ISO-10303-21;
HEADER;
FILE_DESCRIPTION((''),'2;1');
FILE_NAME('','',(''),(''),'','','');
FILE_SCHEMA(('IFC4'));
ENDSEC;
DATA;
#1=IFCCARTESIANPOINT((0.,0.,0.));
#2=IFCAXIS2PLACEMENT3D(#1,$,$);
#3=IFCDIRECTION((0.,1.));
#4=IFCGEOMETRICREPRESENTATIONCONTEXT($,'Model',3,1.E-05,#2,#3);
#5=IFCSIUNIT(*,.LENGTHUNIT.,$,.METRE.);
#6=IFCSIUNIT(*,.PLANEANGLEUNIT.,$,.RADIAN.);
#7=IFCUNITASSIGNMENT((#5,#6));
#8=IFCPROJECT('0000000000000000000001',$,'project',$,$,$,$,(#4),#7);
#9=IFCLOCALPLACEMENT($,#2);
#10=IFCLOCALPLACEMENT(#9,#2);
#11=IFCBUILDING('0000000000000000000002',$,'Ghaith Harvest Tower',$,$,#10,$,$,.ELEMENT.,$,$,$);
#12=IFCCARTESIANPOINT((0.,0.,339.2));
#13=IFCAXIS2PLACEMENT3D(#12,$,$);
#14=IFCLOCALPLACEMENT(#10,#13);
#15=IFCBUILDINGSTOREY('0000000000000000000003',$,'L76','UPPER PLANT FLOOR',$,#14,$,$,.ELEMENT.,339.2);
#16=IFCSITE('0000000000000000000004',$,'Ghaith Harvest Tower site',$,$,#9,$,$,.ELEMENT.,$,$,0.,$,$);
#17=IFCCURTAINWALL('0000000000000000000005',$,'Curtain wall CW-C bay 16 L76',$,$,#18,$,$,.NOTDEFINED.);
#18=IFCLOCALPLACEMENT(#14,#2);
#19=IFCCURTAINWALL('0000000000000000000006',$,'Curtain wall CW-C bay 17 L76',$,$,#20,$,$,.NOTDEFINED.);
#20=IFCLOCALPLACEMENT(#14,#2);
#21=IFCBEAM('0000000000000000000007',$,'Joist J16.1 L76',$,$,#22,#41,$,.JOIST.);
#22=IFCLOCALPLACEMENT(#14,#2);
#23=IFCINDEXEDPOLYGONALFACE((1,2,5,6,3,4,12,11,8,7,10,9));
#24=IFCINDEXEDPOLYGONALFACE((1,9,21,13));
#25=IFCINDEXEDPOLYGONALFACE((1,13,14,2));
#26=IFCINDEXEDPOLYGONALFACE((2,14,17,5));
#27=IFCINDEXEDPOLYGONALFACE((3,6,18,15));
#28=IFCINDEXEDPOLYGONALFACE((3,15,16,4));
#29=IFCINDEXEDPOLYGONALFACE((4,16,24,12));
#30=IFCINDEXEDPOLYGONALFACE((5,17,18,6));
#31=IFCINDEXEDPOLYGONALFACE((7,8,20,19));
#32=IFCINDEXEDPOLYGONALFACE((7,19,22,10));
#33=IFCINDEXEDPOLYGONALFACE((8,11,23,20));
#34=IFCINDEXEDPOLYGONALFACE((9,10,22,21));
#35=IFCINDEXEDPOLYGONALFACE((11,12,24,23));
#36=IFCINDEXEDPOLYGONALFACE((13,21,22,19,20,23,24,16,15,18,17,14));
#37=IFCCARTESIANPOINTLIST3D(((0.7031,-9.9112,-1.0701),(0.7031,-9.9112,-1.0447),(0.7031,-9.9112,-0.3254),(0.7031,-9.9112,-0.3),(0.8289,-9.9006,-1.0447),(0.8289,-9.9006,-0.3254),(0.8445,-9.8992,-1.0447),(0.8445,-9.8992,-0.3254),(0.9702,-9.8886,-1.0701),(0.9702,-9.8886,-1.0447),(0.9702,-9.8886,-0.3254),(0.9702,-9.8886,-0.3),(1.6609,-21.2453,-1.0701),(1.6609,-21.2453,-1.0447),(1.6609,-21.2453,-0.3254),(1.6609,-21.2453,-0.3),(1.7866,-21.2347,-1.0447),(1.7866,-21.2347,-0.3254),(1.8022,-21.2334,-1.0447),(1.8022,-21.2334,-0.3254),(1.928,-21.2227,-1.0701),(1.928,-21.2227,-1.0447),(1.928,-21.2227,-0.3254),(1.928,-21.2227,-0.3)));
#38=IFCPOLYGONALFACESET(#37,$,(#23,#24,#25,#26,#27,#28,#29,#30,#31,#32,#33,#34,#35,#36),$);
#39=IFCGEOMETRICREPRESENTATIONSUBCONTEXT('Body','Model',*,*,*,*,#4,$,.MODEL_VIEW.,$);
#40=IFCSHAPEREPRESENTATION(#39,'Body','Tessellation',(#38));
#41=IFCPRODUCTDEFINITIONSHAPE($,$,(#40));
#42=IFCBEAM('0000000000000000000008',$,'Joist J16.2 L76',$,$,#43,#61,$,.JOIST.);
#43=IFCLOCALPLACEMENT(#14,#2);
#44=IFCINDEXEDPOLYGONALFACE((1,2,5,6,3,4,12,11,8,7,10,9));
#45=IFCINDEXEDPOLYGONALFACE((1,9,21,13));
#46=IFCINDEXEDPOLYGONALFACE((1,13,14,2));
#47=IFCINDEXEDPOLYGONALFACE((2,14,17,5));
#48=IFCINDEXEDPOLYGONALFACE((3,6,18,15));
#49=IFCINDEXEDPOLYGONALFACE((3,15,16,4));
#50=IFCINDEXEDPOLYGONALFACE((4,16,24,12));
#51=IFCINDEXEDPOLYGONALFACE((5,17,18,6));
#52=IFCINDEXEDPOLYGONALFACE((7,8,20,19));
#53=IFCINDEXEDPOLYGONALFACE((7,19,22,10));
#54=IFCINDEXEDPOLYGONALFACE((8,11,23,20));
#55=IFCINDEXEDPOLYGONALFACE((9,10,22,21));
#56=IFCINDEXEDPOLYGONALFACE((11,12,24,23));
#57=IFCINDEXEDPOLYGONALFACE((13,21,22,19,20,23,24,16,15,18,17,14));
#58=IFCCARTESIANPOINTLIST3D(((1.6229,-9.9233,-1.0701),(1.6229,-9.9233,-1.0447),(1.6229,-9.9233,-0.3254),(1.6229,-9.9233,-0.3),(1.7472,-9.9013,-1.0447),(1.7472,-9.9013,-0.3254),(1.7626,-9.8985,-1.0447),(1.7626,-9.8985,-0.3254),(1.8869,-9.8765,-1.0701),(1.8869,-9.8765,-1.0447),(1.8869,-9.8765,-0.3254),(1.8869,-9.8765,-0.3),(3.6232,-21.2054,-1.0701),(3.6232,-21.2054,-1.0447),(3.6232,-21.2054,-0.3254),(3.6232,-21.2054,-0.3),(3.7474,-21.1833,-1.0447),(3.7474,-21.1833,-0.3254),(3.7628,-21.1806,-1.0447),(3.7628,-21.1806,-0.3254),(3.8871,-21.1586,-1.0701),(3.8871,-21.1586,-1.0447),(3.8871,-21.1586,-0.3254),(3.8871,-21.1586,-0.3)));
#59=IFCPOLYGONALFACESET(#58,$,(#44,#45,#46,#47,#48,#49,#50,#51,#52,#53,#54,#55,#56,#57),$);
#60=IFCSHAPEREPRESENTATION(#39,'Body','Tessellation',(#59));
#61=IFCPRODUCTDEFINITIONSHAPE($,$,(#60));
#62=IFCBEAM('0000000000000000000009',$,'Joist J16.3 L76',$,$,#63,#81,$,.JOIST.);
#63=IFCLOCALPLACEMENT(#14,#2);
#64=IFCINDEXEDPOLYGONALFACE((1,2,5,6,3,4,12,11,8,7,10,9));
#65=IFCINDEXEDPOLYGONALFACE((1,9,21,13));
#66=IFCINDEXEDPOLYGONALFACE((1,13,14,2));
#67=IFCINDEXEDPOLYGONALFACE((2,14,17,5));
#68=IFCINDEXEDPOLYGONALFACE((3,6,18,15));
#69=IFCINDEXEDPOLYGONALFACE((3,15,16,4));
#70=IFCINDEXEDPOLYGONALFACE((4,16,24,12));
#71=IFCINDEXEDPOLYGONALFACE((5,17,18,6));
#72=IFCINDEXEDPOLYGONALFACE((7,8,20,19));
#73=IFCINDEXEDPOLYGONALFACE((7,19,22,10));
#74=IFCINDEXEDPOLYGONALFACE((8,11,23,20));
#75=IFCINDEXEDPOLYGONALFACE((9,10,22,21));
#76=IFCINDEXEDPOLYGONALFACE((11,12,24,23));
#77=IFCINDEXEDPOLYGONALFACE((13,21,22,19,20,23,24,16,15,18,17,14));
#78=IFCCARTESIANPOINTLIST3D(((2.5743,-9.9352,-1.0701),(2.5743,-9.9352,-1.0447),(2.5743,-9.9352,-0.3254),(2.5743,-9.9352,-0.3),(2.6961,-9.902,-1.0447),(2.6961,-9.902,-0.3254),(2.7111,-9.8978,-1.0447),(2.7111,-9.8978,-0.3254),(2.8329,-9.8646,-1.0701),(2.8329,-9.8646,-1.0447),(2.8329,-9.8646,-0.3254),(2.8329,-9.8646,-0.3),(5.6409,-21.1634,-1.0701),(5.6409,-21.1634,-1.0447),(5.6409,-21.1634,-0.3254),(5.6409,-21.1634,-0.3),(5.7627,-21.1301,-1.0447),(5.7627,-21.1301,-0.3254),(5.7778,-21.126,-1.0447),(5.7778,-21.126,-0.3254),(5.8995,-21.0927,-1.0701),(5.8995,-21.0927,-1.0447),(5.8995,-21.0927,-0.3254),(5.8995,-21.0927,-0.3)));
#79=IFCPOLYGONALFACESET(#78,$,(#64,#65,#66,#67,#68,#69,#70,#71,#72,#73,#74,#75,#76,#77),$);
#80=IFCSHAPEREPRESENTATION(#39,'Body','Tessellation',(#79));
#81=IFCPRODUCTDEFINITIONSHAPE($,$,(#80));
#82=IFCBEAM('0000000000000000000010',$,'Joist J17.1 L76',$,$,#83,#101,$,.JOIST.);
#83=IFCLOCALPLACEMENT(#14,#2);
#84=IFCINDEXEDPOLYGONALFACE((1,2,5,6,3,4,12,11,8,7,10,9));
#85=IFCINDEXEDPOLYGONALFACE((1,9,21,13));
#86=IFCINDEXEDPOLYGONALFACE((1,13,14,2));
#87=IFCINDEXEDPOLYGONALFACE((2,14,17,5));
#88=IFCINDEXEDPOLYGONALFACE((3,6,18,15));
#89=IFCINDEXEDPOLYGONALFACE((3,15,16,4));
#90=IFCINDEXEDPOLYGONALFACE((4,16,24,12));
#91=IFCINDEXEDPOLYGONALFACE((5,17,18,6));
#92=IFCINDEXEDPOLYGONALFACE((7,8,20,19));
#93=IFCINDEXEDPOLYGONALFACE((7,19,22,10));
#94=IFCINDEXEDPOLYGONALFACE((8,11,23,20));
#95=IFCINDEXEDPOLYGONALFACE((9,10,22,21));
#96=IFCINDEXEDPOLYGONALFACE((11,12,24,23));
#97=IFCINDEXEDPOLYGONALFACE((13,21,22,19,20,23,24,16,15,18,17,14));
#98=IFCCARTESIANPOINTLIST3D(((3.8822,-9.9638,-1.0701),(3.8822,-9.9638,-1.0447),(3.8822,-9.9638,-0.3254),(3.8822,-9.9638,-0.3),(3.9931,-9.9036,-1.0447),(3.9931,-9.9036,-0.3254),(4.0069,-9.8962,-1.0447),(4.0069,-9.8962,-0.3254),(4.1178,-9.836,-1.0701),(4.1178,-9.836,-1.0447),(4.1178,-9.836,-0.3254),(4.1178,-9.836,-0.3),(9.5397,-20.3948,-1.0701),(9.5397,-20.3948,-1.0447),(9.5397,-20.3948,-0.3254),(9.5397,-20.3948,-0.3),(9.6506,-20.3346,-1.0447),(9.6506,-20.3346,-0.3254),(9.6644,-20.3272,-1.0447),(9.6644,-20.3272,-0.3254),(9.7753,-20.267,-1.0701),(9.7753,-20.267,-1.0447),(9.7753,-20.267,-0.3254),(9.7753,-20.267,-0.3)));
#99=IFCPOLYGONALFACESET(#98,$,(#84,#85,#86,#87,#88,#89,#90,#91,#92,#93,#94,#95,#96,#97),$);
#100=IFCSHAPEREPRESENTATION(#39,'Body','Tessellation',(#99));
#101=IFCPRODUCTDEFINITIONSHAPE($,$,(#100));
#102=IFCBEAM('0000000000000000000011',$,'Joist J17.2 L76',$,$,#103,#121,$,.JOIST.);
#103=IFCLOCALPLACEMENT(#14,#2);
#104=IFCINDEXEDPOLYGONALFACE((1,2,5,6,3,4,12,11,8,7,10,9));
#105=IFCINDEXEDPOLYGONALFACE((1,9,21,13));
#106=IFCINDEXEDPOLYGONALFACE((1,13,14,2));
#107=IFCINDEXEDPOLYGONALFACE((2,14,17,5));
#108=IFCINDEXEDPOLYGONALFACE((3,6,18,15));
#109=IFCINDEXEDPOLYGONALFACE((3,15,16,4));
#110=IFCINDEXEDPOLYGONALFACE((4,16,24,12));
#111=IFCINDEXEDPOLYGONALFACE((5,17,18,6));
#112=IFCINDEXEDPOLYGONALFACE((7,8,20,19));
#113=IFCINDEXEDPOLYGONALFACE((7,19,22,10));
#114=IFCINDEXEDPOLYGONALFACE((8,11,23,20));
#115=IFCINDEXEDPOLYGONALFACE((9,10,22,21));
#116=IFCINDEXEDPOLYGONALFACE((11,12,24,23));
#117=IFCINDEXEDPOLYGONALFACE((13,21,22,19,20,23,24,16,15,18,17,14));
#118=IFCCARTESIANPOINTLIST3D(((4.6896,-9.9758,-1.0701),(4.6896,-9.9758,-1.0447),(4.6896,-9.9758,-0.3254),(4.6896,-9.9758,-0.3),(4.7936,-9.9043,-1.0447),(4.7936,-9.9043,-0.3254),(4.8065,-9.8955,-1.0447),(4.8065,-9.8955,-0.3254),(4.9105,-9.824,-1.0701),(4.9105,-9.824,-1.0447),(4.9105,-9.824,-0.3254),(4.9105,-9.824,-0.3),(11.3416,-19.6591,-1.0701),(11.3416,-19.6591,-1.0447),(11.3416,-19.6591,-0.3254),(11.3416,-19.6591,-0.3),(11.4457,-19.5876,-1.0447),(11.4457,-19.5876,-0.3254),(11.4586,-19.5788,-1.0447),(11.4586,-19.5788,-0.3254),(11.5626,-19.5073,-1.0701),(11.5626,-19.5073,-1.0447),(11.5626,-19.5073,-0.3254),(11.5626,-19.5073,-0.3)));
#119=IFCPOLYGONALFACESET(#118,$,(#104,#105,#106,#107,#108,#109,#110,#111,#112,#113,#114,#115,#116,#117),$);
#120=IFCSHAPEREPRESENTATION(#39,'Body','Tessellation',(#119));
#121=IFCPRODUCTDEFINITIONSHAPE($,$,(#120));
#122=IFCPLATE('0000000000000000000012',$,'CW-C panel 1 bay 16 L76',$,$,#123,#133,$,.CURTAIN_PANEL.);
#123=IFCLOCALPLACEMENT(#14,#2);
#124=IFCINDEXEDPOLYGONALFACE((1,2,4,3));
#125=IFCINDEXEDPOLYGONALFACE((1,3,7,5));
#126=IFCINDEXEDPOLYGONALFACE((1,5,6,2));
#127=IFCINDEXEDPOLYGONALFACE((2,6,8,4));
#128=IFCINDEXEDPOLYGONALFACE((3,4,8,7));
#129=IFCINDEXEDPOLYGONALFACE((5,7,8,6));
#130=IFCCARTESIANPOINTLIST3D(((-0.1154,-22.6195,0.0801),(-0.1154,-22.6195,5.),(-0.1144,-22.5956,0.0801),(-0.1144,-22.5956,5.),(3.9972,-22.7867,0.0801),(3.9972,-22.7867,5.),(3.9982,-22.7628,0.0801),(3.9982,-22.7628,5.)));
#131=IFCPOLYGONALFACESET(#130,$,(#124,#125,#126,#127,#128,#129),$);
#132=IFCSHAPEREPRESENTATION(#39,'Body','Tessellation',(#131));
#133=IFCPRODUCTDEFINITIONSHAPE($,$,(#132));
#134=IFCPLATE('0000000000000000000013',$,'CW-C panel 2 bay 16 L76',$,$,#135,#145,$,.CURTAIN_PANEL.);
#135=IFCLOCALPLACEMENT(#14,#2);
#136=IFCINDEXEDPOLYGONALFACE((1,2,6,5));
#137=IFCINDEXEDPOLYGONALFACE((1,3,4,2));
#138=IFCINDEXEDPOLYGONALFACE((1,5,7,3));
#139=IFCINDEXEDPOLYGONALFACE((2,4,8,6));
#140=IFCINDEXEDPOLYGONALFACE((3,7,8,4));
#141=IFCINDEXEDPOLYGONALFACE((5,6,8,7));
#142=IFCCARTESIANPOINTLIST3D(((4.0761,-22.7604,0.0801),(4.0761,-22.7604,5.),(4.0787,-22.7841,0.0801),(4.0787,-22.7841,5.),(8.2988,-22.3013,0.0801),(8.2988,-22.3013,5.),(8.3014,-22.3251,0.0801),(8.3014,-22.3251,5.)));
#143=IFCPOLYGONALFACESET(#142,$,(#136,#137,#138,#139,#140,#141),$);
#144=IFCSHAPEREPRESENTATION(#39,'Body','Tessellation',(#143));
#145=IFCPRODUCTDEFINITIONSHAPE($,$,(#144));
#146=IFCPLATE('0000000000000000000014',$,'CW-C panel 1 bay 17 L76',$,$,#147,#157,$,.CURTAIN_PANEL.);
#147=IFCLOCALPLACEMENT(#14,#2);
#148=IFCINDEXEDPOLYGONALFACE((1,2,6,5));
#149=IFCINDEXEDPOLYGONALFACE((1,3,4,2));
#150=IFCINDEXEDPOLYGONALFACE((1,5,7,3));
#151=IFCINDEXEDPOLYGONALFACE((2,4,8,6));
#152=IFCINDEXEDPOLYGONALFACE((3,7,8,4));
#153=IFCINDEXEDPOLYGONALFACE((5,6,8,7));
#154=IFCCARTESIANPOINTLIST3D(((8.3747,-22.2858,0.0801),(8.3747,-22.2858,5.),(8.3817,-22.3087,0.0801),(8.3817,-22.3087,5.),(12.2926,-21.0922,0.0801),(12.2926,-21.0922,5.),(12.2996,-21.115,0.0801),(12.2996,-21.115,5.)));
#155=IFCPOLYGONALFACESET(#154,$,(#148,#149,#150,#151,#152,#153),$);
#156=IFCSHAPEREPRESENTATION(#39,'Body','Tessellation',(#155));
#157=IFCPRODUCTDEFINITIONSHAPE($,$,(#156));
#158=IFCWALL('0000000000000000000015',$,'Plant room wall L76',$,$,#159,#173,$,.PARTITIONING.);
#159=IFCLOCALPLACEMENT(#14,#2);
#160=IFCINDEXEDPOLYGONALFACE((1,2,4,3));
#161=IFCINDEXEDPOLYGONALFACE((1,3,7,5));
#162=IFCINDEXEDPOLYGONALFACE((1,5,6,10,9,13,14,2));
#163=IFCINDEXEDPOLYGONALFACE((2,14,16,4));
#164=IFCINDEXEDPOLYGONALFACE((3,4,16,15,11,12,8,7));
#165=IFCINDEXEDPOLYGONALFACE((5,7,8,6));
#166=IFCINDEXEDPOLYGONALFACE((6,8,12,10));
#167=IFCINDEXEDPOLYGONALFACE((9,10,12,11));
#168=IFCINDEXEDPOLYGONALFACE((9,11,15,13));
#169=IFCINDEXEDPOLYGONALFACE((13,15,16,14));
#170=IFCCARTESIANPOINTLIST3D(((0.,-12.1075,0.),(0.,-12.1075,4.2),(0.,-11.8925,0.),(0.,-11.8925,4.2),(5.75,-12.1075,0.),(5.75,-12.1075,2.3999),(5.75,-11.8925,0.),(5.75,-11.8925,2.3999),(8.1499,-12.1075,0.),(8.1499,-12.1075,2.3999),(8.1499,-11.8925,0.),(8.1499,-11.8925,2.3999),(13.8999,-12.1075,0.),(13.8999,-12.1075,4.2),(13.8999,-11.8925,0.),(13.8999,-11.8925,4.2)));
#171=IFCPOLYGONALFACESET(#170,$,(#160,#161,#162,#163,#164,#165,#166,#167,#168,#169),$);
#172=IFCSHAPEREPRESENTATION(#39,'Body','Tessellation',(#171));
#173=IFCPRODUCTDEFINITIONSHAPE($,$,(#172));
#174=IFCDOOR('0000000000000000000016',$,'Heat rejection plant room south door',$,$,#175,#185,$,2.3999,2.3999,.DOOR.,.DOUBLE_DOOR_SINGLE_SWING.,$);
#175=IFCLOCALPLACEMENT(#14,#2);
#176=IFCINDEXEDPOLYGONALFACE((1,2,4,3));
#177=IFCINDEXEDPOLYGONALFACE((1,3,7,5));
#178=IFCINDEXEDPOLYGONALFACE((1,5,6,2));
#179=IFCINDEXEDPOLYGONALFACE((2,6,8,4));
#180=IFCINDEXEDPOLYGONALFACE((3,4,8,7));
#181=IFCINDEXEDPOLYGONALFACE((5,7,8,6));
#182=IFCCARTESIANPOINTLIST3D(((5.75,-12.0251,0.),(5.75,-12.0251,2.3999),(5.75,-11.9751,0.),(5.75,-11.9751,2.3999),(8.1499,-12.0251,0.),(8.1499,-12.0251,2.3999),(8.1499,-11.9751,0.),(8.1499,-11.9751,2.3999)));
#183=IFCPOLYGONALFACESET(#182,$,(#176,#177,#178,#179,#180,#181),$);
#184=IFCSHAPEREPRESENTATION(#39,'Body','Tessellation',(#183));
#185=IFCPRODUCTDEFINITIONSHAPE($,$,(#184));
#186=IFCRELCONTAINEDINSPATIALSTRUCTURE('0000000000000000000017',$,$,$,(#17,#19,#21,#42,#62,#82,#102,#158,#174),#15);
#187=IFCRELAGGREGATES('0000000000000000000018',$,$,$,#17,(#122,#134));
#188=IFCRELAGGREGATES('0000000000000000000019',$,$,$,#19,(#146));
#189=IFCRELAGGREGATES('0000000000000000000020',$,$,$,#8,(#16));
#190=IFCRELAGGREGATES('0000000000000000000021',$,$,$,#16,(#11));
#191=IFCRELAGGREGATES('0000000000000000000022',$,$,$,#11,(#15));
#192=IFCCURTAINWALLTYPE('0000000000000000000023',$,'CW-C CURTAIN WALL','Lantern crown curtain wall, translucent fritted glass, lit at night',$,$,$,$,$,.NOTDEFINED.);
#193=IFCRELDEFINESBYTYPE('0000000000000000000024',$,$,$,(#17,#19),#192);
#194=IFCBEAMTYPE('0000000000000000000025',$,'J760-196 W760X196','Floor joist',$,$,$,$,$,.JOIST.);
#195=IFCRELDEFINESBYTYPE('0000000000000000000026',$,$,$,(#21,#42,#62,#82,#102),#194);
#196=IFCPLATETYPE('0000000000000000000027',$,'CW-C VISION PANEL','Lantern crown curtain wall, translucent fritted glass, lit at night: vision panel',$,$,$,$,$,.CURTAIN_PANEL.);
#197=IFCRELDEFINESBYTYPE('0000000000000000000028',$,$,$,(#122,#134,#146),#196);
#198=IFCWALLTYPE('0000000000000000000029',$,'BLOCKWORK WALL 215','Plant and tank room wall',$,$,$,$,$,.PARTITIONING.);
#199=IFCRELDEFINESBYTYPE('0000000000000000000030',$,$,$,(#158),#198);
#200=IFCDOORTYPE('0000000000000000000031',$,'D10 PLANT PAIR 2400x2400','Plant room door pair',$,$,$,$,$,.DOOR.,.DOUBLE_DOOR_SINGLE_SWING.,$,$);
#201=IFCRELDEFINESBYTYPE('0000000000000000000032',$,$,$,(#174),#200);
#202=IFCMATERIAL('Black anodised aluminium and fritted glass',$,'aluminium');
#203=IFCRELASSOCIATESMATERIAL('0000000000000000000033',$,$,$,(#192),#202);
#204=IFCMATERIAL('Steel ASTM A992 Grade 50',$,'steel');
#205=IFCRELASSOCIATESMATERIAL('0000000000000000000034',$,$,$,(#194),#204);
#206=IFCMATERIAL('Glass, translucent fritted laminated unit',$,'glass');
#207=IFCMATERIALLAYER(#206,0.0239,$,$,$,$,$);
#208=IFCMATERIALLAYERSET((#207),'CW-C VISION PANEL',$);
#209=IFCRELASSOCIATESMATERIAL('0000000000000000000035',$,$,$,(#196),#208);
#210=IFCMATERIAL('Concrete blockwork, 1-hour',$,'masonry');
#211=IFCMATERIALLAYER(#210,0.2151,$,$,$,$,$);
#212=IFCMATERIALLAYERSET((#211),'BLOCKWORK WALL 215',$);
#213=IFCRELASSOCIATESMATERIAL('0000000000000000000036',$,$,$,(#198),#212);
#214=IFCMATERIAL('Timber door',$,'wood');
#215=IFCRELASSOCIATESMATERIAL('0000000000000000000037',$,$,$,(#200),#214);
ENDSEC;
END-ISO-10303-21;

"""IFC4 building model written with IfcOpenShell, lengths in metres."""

from ifc_helpers import new_model, si_unit, direction, frame, frame_2d, origin, origin_2d, place, context, subcontext, project, spatial, rectangle, i_section, extrude, material, layer, layer_set, material_profile, profile_set, type_object, element, fill, aggregate, save


model = new_model("IFC4")

# Units and contexts
model_context = context("Model", 3, precision=1e-05, world=origin(), true_north=direction((0.0, 1.0)))
body_context = subcontext(model_context, "Body", "Model", "MODEL_VIEW")
ifc_project = project(units=[si_unit("LENGTHUNIT", "METRE"), si_unit("PLANEANGLEUNIT", "RADIAN")], contexts=[model_context])

# Site, building, storey
site_placement = place(None, origin())
site = spatial("IfcSite", under=ifc_project, at=site_placement, Name="Ghaith Harvest Tower site", CompositionType="ELEMENT", RefElevation=0.0)
building_placement = place(site_placement, origin())
building = spatial("IfcBuilding", under=site, at=building_placement, Name="Ghaith Harvest Tower", CompositionType="ELEMENT")
storey_placement = place(building_placement, frame((0.0, 0.0, 339.2)))
storey = spatial("IfcBuildingStorey", under=building, at=storey_placement, Name="L76", Description="UPPER PLANT FLOOR", CompositionType="ELEMENT", Elevation=339.2)

# Curtain walls
ifc_material_1 = material(Name="Black anodised aluminium and fritted glass", Category="aluminium")
curtain_wall_type = type_object("IfcCurtainWallType", Name="CW-C CURTAIN WALL", Description="Lantern crown curtain wall, translucent fritted glass, lit at night", PredefinedType="NOTDEFINED", material=ifc_material_1)
curtain_wall_1_placement = place(storey_placement, origin())
curtain_wall_1 = element("IfcCurtainWall", 1, at=curtain_wall_1_placement, inside=storey, type_object=curtain_wall_type, Name="Curtain wall CW-C bay 16 L76", PredefinedType="NOTDEFINED")
curtain_wall_2_placement = place(storey_placement, origin())
curtain_wall_2 = element("IfcCurtainWall", 2, at=curtain_wall_2_placement, inside=storey, type_object=curtain_wall_type, Name="Curtain wall CW-C bay 17 L76", PredefinedType="NOTDEFINED")

# Beams
ifc_material_2 = material(Name="Steel ASTM A992 Grade 50", Category="steel")
ifc_material_profile_1 = material_profile(ifc_material_2, i_section(OverallWidth=0.2681, OverallDepth=0.77, WebThickness=0.0156, FlangeThickness=0.0254, at=origin_2d()), Name="W760X196")
ifc_profile_set_1 = profile_set([ifc_material_profile_1], Name="Steel ASTM A992 Grade 50")
beam_type_1 = type_object("IfcBeamType", Name="J760-196 W760X196", Description="Floor joist", PredefinedType="JOIST", material=ifc_profile_set_1)
beam_1_placement = place(storey_placement, frame((0.8367, -9.8999, -0.6851), z_axis=(0.084202, -0.996449, 0.0), x_axis=(0.996449, 0.084202, 0.0)))
element("IfcBeam", 3, at=beam_1_placement, inside=storey, type_object=beam_type_1, Name="Joist J16.1 L76", PredefinedType="JOIST", context=body_context, shape_type="SweptSolid", body=[
    extrude(i_section(OverallWidth=0.2681, OverallDepth=0.77, WebThickness=0.0156, FlangeThickness=0.0254, at=origin_2d()), origin(), (0.0, 0.0, 1.0), 11.3745),
])
beam_2_placement = place(storey_placement, frame((1.7549, -9.8999, -0.6851), z_axis=(0.174573, -0.984644, 0.0), x_axis=(0.984644, 0.174573, 0.0)))
element("IfcBeam", 4, at=beam_2_placement, inside=storey, type_object=beam_type_1, Name="Joist J16.2 L76", PredefinedType="JOIST", context=body_context, shape_type="SweptSolid", body=[
    extrude(i_section(OverallWidth=0.2681, OverallDepth=0.77, WebThickness=0.0156, FlangeThickness=0.0254, at=origin_2d()), origin(), (0.0, 0.0, 1.0), 11.458),
])
beam_3_placement = place(storey_placement, frame((2.7036, -9.8999, -0.6851), z_axis=(0.263469, -0.964668, 0.0), x_axis=(0.964668, 0.263469, 0.0)))
element("IfcBeam", 5, at=beam_3_placement, inside=storey, type_object=beam_type_1, Name="Joist J16.3 L76", PredefinedType="JOIST", context=body_context, shape_type="SweptSolid", body=[
    extrude(i_section(OverallWidth=0.2681, OverallDepth=0.77, WebThickness=0.0156, FlangeThickness=0.0254, at=origin_2d()), origin(), (0.0, 0.0, 1.0), 11.6394),
])
beam_4_placement = place(storey_placement, frame((4.0, -9.8999, -0.6851), z_axis=(0.476765, -0.879031, 0.0), x_axis=(0.879031, 0.476765, 0.0)))
element("IfcBeam", 6, at=beam_4_placement, inside=storey, type_object=beam_type_1, Name="Joist J17.1 L76", PredefinedType="JOIST", context=body_context, shape_type="SweptSolid", body=[
    extrude(i_section(OverallWidth=0.2681, OverallDepth=0.77, WebThickness=0.0156, FlangeThickness=0.0254, at=origin_2d()), origin(), (0.0, 0.0, 1.0), 11.8665),
])
beam_5_placement = place(storey_placement, frame((4.8, -9.8999, -0.6851), z_axis=(0.566228, -0.824249, 0.0), x_axis=(0.824249, 0.566228, 0.0)))
element("IfcBeam", 7, at=beam_5_placement, inside=storey, type_object=beam_type_1, Name="Joist J17.2 L76", PredefinedType="JOIST", context=body_context, shape_type="SweptSolid", body=[
    extrude(i_section(OverallWidth=0.2681, OverallDepth=0.77, WebThickness=0.0156, FlangeThickness=0.0254, at=origin_2d()), origin(), (0.0, 0.0, 1.0), 11.748),
])

# Plates
ifc_material_3 = material(Name="Glass, translucent fritted laminated unit", Category="glass")
ifc_layer_1 = layer(ifc_material_3, 0.0239)
ifc_layer_set_1 = layer_set([ifc_layer_1], Name="CW-C VISION PANEL")
plate_type = type_object("IfcPlateType", Name="CW-C VISION PANEL", Description="Lantern crown curtain wall, translucent fritted glass, lit at night: vision panel", PredefinedType="CURTAIN_PANEL", material=ifc_layer_set_1)
plate_1_placement = place(storey_placement, frame((1.9414, -22.6912, 0.0801), z_axis=(0.0, 0.0, 1.0), x_axis=(0.999174, -0.040638, 0.0)))
plate_1 = element("IfcPlate", 8, at=plate_1_placement, type_object=plate_type, Name="CW-C panel 1 bay 16 L76", PredefinedType="CURTAIN_PANEL", context=body_context, shape_type="SweptSolid", body=[
    extrude(rectangle(XDim=4.116, YDim=0.0239, at=origin_2d()), origin(), (0.0, 0.0, 1.0), 4.9199),
])
plate_2_placement = place(storey_placement, frame((6.1887, -22.5427, 0.0801), z_axis=(0.0, 0.0, 1.0), x_axis=(0.994143, 0.108074, 0.0)))
plate_2 = element("IfcPlate", 9, at=plate_2_placement, type_object=plate_type, Name="CW-C panel 2 bay 16 L76", PredefinedType="CURTAIN_PANEL", context=body_context, shape_type="SweptSolid", body=[
    extrude(rectangle(XDim=4.2476, YDim=0.0239, at=origin_2d()), origin(), (0.0, 0.0, 1.0), 4.9199),
])
aggregate(curtain_wall_1, [plate_1, plate_2])
plate_3_placement = place(storey_placement, frame((10.3372, -21.7004, 0.0801), z_axis=(0.0, 0.0, 1.0), x_axis=(0.956588, 0.291445, 0.0)))
plate_3 = element("IfcPlate", 10, at=plate_3_placement, type_object=plate_type, Name="CW-C panel 1 bay 17 L76", PredefinedType="CURTAIN_PANEL", context=body_context, shape_type="SweptSolid", body=[
    extrude(rectangle(XDim=4.0957, YDim=0.0239, at=origin_2d()), origin(), (0.0, 0.0, 1.0), 4.9199),
])
aggregate(curtain_wall_2, [plate_3])

# Wall, opening, door
ifc_material_4 = material(Name="Concrete blockwork, 1-hour", Category="masonry")
ifc_layer_2 = layer(ifc_material_4, 0.2151)
ifc_layer_set_2 = layer_set([ifc_layer_2], Name="BLOCKWORK WALL 215")
wall_type_1 = type_object("IfcWallType", Name="BLOCKWORK WALL 215", Description="Plant and tank room wall", PredefinedType="PARTITIONING", material=ifc_layer_set_2)
wall_1_placement = place(storey_placement, frame((0.0, -12.0, 0.0), z_axis=(0.0, 0.0, 1.0), x_axis=(1.0, 0.0, 0.0)))
wall_1 = element("IfcWall", 11, at=wall_1_placement, inside=storey, type_object=wall_type_1, Name="Plant room wall L76", PredefinedType="PARTITIONING", context=body_context, shape_type="SweptSolid", body=[
    extrude(rectangle(XDim=13.8999, YDim=0.2151, at=frame_2d((6.95, 0.0))), origin(), (0.0, 0.0, 1.0), 4.2),
])
opening_placement = place(wall_1_placement, frame((5.75, 0.0, 0.0)))
opening = element("IfcOpeningElement", 12, at=opening_placement, cuts=wall_1, PredefinedType="OPENING", context=body_context, shape_type="SweptSolid", body=[
    extrude(rectangle(XDim=2.3999, YDim=2.3999, at=frame_2d((1.2, 1.2))), frame((0.0, 0.1177, 0.0), z_axis=(0.0, -1.0, 0.0), x_axis=(1.0, 0.0, 0.0)), (0.0, 0.0, 1.0), 0.2351),
])
ifc_material_5 = material(Name="Timber door", Category="wood")
door_type = type_object("IfcDoorType", Name="D10 PLANT PAIR 2400x2400", Description="Plant room door pair", OperationType="DOUBLE_DOOR_SINGLE_SWING", PredefinedType="DOOR", material=ifc_material_5)
door_placement = place(opening_placement, origin())
door = element("IfcDoor", 13, at=door_placement, inside=storey, type_object=door_type, Name="Heat rejection plant room south door", OperationType="DOUBLE_DOOR_SINGLE_SWING", OverallHeight=2.3999, OverallWidth=2.3999, PredefinedType="DOOR", context=body_context, shape_type="SweptSolid", body=[
    extrude(rectangle(XDim=2.3999, YDim=2.3999, at=frame_2d((1.2, 1.2))), frame((0.0, 0.0249, 0.0), z_axis=(0.0, -1.0, 0.0), x_axis=(1.0, 0.0, 0.0)), (0.0, 0.0, 1.0), 0.05),
])
fill(opening, door)

save(model, "model.ifc")
